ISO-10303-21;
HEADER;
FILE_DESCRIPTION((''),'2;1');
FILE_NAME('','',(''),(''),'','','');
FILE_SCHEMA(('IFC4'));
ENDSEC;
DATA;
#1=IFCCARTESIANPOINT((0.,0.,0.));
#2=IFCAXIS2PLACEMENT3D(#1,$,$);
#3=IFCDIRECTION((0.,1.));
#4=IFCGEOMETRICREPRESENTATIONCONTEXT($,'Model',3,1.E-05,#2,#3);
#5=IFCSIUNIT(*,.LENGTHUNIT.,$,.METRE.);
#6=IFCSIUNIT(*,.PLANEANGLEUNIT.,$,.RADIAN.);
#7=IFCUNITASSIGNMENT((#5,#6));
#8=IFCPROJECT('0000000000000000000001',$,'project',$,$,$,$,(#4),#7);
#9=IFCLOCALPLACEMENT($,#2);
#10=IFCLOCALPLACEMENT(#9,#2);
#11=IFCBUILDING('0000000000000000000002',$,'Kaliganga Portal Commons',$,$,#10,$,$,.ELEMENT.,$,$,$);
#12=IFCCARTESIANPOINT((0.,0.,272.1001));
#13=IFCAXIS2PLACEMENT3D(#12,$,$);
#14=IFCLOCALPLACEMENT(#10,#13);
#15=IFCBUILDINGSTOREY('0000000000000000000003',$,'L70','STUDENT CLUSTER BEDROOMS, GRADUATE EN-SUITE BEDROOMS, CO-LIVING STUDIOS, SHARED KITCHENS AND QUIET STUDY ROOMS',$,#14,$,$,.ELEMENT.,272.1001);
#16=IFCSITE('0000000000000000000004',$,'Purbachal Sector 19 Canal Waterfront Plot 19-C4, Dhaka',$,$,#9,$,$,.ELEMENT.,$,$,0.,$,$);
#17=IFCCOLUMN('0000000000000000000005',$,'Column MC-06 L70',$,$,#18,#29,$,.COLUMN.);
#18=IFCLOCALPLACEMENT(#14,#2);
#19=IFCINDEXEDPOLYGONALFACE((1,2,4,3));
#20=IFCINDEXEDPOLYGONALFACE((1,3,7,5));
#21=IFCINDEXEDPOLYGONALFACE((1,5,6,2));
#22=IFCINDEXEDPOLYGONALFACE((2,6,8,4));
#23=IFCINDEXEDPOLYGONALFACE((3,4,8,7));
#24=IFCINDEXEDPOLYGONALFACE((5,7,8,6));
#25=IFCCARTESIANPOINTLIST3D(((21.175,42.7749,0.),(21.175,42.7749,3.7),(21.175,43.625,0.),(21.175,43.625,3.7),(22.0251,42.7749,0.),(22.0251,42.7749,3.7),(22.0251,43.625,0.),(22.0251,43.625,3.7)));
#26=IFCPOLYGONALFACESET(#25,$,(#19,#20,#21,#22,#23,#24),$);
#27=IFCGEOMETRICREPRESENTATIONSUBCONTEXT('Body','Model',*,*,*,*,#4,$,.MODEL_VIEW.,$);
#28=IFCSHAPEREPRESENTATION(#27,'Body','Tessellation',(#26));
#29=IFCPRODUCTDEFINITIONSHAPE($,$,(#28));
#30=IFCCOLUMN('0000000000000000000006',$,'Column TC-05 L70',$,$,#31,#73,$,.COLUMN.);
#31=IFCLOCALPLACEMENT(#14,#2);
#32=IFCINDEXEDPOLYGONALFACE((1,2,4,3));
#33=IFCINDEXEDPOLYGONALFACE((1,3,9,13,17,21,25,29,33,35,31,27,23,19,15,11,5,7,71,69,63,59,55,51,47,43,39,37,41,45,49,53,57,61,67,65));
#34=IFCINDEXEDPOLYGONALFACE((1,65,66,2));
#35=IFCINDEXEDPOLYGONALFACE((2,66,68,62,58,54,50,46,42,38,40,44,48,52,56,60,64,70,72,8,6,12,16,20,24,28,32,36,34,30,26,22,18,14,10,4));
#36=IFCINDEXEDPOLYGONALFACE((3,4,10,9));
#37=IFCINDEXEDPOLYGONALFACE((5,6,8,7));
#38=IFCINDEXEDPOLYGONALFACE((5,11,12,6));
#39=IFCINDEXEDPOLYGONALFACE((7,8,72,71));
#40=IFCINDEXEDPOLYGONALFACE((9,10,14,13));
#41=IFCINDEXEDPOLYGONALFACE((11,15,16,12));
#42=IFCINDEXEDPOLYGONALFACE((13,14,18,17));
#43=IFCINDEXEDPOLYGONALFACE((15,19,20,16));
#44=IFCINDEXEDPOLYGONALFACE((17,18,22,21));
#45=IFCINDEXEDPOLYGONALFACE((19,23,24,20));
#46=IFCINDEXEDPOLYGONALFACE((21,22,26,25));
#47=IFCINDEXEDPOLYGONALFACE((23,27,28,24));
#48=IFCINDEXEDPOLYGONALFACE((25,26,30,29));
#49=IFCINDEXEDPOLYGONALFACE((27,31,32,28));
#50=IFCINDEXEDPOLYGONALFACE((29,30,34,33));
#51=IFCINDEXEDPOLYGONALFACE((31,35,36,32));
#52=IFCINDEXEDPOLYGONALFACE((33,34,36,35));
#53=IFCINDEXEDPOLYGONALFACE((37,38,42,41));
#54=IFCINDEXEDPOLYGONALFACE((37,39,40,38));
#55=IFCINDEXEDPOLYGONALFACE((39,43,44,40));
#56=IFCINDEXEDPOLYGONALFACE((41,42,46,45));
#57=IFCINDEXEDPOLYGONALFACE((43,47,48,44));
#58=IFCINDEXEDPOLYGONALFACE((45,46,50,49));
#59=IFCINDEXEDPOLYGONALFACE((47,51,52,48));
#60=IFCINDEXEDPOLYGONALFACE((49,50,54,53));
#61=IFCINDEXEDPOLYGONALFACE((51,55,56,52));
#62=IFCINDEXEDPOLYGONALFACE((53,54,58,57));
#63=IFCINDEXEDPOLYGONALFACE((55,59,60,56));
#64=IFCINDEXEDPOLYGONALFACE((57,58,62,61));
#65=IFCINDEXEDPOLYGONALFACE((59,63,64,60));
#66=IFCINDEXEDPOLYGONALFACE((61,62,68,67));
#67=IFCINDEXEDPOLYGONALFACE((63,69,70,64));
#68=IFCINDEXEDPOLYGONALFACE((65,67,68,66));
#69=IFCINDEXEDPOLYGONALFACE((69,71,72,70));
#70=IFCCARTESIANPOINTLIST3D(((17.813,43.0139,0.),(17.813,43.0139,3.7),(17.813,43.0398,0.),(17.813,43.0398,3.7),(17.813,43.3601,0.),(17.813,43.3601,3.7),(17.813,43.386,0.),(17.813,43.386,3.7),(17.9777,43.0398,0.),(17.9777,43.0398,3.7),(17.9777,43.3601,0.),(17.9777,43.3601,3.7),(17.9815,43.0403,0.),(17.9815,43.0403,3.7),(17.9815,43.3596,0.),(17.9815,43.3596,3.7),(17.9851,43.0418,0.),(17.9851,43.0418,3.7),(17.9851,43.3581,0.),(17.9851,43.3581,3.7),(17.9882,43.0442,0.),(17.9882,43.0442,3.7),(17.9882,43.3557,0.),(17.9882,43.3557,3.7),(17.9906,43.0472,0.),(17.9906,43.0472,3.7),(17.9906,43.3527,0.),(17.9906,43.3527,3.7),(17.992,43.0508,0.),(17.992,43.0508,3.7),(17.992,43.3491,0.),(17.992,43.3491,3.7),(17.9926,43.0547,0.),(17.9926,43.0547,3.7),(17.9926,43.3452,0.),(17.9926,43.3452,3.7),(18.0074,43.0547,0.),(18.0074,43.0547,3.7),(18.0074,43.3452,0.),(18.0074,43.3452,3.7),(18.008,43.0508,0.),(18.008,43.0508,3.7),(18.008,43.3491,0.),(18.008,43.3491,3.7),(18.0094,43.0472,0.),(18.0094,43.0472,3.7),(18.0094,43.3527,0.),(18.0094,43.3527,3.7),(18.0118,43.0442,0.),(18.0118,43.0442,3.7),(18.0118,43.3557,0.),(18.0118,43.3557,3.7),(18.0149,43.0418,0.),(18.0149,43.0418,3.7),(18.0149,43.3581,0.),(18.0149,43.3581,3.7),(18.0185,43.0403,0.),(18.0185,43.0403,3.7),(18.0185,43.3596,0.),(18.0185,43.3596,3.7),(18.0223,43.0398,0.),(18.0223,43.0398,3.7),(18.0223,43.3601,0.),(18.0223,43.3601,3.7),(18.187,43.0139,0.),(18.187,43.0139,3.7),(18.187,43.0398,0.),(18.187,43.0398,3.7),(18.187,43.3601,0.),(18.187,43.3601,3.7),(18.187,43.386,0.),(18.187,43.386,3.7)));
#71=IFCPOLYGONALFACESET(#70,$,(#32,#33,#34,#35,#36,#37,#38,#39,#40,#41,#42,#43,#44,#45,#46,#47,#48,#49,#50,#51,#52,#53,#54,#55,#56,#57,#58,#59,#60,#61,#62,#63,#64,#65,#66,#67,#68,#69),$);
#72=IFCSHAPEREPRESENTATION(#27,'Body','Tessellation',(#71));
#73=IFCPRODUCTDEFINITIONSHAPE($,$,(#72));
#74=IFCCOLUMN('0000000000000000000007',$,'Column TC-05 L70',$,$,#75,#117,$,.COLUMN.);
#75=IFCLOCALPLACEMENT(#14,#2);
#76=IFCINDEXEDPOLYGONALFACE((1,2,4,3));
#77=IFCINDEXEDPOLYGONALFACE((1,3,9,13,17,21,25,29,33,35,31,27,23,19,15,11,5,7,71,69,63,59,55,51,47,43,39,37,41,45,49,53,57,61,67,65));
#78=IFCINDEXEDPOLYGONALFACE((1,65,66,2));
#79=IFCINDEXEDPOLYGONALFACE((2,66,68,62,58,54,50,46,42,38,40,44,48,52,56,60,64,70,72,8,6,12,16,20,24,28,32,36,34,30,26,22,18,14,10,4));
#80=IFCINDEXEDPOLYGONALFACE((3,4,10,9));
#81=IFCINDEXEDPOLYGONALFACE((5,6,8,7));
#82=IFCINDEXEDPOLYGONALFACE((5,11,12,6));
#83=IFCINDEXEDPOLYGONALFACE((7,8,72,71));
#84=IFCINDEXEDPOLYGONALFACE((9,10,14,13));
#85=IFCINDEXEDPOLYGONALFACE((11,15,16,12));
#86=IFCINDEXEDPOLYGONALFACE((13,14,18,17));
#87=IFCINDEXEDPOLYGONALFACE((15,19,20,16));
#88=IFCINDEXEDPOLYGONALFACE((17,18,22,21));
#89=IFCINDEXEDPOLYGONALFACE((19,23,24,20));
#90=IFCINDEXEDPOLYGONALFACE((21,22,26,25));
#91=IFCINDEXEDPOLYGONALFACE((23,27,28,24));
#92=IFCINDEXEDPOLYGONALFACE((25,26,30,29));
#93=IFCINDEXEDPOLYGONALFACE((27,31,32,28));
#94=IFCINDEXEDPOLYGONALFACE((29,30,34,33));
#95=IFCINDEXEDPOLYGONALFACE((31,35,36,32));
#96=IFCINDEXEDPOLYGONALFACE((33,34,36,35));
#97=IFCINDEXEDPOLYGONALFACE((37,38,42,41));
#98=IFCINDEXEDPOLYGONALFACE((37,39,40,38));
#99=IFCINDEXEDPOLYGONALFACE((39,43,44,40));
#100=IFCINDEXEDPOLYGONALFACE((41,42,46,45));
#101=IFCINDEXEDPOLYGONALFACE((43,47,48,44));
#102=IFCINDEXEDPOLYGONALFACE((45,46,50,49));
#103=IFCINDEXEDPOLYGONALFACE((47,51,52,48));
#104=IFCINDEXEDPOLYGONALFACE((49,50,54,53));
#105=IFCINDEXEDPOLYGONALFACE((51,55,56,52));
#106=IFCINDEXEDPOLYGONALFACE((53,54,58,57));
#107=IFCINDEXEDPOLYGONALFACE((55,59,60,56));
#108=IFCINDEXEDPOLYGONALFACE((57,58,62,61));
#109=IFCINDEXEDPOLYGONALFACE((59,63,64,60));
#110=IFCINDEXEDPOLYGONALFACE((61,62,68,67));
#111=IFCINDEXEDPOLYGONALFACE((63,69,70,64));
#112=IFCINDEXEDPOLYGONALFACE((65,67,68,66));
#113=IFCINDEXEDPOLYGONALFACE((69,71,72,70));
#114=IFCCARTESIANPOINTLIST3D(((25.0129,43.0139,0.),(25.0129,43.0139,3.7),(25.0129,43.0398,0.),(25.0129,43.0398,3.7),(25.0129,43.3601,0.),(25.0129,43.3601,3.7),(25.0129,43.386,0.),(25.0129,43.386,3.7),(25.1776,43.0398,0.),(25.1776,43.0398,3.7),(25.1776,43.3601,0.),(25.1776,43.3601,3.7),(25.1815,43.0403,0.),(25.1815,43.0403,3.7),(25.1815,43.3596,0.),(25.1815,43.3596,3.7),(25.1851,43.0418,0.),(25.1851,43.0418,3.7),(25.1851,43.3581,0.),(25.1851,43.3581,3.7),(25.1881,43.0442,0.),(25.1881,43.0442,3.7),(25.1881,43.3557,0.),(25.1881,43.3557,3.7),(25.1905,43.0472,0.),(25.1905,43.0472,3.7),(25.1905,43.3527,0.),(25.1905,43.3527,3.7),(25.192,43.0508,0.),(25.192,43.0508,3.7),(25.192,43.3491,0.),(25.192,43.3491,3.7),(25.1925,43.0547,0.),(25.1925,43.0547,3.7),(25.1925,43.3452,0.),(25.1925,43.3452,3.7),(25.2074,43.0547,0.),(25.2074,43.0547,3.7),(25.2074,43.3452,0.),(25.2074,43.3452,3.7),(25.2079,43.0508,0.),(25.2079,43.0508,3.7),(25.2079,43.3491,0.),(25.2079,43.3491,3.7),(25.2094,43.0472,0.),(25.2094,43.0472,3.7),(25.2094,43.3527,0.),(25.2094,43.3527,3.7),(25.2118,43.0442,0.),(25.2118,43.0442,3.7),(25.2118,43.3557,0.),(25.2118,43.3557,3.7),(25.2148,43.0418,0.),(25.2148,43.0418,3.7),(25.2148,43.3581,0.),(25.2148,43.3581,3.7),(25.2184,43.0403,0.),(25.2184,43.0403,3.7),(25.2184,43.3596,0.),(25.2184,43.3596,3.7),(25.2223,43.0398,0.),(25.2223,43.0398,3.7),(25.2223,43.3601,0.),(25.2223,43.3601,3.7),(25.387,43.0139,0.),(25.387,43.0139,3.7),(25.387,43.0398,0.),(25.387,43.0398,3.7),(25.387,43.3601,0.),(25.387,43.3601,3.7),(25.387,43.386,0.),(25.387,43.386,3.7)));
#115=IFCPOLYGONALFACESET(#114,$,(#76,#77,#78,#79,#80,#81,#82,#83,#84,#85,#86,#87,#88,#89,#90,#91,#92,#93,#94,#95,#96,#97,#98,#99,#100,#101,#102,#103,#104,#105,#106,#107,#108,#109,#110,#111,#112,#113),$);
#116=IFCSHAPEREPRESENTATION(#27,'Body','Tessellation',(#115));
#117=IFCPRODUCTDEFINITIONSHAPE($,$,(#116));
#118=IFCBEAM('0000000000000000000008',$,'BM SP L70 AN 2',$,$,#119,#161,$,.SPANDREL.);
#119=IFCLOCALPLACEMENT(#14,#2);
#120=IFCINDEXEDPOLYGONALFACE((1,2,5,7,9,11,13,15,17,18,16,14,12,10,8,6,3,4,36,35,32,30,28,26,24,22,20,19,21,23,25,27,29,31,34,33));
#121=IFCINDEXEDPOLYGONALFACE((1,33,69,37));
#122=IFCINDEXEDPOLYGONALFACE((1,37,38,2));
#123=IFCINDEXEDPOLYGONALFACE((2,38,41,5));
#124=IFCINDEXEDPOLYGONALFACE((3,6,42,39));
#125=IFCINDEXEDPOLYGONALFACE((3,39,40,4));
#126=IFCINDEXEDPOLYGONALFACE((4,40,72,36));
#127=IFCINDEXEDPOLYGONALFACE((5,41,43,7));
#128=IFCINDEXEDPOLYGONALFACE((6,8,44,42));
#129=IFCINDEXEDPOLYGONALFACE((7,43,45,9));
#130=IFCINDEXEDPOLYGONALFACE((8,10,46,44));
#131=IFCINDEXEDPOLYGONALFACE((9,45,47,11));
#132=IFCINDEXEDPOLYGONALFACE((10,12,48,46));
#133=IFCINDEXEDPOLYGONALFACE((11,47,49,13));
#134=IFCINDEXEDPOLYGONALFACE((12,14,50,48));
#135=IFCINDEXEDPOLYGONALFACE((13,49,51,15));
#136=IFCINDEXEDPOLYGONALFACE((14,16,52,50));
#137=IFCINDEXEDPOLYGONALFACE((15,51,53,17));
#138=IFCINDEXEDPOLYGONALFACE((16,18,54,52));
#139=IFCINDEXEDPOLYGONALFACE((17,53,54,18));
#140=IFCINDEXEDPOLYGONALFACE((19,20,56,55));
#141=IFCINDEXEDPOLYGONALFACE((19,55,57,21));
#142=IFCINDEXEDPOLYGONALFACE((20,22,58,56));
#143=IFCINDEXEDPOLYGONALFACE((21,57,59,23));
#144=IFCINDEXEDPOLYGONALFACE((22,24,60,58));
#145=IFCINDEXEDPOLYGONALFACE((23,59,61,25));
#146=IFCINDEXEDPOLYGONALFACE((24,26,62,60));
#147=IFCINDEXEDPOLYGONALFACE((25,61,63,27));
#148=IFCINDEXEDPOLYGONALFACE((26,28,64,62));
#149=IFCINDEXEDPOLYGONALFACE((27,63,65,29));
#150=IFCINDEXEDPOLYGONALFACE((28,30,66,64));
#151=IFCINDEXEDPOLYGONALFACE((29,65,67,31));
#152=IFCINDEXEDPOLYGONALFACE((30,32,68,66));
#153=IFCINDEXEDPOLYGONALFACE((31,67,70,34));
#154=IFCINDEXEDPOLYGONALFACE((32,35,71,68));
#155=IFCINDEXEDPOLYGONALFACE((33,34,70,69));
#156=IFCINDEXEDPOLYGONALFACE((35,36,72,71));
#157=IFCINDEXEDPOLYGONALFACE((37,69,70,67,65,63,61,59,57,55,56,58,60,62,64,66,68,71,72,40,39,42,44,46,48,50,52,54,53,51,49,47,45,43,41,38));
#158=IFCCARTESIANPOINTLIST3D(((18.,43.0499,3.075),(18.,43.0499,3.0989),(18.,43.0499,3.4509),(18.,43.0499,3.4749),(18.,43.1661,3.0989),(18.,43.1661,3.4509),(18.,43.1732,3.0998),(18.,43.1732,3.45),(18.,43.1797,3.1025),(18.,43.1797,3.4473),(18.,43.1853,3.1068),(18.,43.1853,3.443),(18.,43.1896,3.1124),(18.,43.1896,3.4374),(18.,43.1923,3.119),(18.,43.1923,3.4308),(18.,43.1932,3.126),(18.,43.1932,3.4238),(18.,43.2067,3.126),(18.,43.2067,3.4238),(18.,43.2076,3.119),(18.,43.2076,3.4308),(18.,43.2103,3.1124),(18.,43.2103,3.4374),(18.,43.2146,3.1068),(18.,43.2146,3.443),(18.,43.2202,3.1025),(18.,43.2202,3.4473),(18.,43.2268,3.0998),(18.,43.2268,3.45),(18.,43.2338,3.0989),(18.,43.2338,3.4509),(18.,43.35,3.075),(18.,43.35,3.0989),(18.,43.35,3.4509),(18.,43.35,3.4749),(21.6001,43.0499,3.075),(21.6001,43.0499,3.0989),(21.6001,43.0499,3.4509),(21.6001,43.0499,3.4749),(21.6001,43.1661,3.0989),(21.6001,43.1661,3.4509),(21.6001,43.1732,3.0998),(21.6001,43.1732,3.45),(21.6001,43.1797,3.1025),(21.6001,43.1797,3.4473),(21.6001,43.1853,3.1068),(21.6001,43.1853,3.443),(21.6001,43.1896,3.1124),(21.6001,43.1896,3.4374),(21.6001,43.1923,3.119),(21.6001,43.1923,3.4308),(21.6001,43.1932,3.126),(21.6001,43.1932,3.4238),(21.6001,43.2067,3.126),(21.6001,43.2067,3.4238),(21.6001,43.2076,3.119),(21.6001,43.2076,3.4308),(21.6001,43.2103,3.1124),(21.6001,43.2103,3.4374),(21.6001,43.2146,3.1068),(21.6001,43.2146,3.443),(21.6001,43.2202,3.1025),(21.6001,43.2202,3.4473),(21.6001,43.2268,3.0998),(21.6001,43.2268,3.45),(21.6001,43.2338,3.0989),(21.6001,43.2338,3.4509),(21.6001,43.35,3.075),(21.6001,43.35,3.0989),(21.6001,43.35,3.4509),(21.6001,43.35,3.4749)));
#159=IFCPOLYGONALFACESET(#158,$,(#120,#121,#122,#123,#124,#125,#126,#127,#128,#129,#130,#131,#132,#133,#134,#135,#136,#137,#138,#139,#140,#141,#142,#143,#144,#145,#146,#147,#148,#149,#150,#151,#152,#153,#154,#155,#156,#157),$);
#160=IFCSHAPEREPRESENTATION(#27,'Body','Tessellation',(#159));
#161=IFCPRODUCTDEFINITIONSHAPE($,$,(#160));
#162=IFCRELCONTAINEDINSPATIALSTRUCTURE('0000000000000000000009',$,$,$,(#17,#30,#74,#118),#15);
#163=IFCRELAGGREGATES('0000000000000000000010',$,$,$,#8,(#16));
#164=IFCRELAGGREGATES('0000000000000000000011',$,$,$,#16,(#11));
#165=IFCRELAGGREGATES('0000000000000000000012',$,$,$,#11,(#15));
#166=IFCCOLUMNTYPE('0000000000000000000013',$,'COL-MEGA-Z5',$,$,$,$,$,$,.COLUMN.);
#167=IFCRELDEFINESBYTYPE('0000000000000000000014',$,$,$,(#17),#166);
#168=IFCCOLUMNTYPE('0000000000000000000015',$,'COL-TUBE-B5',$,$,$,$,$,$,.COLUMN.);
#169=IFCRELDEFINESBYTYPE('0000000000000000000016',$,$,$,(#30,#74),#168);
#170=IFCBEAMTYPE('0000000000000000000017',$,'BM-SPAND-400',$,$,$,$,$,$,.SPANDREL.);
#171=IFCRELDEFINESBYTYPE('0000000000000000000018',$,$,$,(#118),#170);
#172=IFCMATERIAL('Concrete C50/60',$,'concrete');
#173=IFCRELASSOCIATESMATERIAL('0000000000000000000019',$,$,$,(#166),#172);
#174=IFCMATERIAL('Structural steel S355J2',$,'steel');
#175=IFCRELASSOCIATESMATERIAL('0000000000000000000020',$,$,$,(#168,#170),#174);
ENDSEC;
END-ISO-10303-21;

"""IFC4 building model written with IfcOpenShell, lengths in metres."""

from ifc_helpers import new_model, si_unit, direction, frame, origin, origin_2d, place, context, subcontext, project, spatial, rectangle, i_section, extrude, source, transform, mapped, material, material_profile, profile_set, type_object, element, save


model = new_model("IFC4")

# Units and contexts
model_context = context("Model", 3, precision=1e-05, world=origin(), true_north=direction((0.0, 1.0)))
body_context = subcontext(model_context, "Body", "Model", "MODEL_VIEW")
ifc_project = project(units=[si_unit("LENGTHUNIT", "METRE"), si_unit("PLANEANGLEUNIT", "RADIAN")], contexts=[model_context])

# Site, building, storey
site_placement = place(None, origin())
site = spatial("IfcSite", under=ifc_project, at=site_placement, Name="Purbachal Sector 19 Canal Waterfront Plot 19-C4, Dhaka", CompositionType="ELEMENT", RefElevation=0.0)
building_placement = place(site_placement, origin())
building = spatial("IfcBuilding", under=site, at=building_placement, Name="Kaliganga Portal Commons", CompositionType="ELEMENT")
storey_placement = place(building_placement, frame((0.0, 0.0, 272.1001)))
storey = spatial("IfcBuildingStorey", under=building, at=storey_placement, Name="L70", Description="STUDENT CLUSTER BEDROOMS, GRADUATE EN-SUITE BEDROOMS, CO-LIVING STUDIOS, SHARED KITCHENS AND QUIET STUDY ROOMS", CompositionType="ELEMENT", Elevation=272.1001)

# Columns
ifc_material_1 = material(Name="Concrete C50/60", Category="concrete")
ifc_material_profile_1 = material_profile(ifc_material_1, rectangle(XDim=0.8501, YDim=0.8501, at=origin_2d()), Name="RC 850x850")
ifc_profile_set_1 = profile_set([ifc_material_profile_1], Name="Concrete C50/60")
column_type_1 = type_object("IfcColumnType", Name="COL-MEGA-Z5", PredefinedType="COLUMN", material=ifc_profile_set_1)
shared_shape_1 = source(origin(), body_context, "Body", "SweptSolid", [
    extrude(rectangle(XDim=0.8501, YDim=0.8501, at=origin_2d()), origin(), (0.0, 0.0, 1.0), 3.7),
])
column_placement = place(storey_placement, frame((21.6001, 43.2, 0.0), z_axis=(0.0, 0.0, 1.0), x_axis=(1.0, 0.0, 0.0)))
element("IfcColumn", 1, at=column_placement, inside=storey, type_object=column_type_1, Name="Column MC-06 L70", PredefinedType="COLUMN", context=body_context, shape_type="MappedRepresentation", body=[
    mapped(shared_shape_1, transform((0.0, 0.0, 0.0), x_axis=(1.0, 0.0, 0.0), y_axis=(0.0, 1.0, 0.0), z_axis=(0.0, 0.0, 1.0), scale=1.0)),
])
ifc_material_2 = material(Name="Structural steel S355J2", Category="steel")
ifc_material_profile_2 = material_profile(ifc_material_2, i_section(OverallWidth=0.374, OverallDepth=0.3721, WebThickness=0.0149, FlangeThickness=0.0259, FilletRadius=0.0149, at=origin_2d()), Name="HD 360x196")
ifc_profile_set_2 = profile_set([ifc_material_profile_2], Name="Structural steel S355J2 wide-flange")
column_type_2 = type_object("IfcColumnType", Name="COL-TUBE-B5", PredefinedType="COLUMN", material=ifc_profile_set_2)
shared_shape_2 = source(origin(), body_context, "Body", "SweptSolid", [
    extrude(i_section(OverallWidth=0.374, OverallDepth=0.3721, WebThickness=0.0149, FlangeThickness=0.0259, FilletRadius=0.0149, at=origin_2d()), origin(), (0.0, 0.0, 1.0), 3.7),
])
for number, where, z_axis, x_axis, name in (
    (2, (18.0, 43.2, 0.0), (0.0, 0.0, 1.0), (1.0, 0.0, 0.0), "Column TC-05 L70"),
    (3, (25.2, 43.2, 0.0), (0.0, 0.0, 1.0), (1.0, 0.0, 0.0), "Column TC-05 L70"),
):
    element("IfcColumn", number, at=place(storey_placement, frame(where, z_axis=z_axis, x_axis=x_axis)), inside=storey, type_object=column_type_2, Name=name, PredefinedType="COLUMN", context=body_context, shape_type="MappedRepresentation", body=[
        mapped(shared_shape_2, transform((0.0, 0.0, 0.0), x_axis=(1.0, 0.0, 0.0), y_axis=(0.0, 1.0, 0.0), z_axis=(0.0, 0.0, 1.0), scale=1.0)),
    ])

# Beam
ifc_material_profile_3 = material_profile(ifc_material_2, i_section(OverallWidth=0.3, OverallDepth=0.3999, WebThickness=0.0134, FlangeThickness=0.0239, FilletRadius=0.0271, at=origin_2d()), Name="HE 400 B")
ifc_profile_set_3 = profile_set([ifc_material_profile_3], Name="Structural steel S355J2 wide-flange")
beam_type_1 = type_object("IfcBeamType", Name="BM-SPAND-400", PredefinedType="SPANDREL", material=ifc_profile_set_3)
shared_shape_3 = source(origin(), body_context, "Body", "SweptSolid", [
    extrude(i_section(OverallWidth=0.3, OverallDepth=0.3999, WebThickness=0.0134, FlangeThickness=0.0239, FilletRadius=0.0271, at=origin_2d()), origin(), (0.0, 0.0, 1.0), 3.6001),
])
for number, where, z_axis, x_axis, name in (
    (4, (18.0, 43.2, 3.2749), (1.0, 0.0, 0.0), (0.0, 1.0, 0.0), "BM SP L70 AN 2"),
):
    element("IfcBeam", number, at=place(storey_placement, frame(where, z_axis=z_axis, x_axis=x_axis)), inside=storey, type_object=beam_type_1, Name=name, PredefinedType="SPANDREL", context=body_context, shape_type="MappedRepresentation", body=[
        mapped(shared_shape_3, transform((0.0, 0.0, 0.0), x_axis=(1.0, 0.0, 0.0), y_axis=(0.0, 1.0, 0.0), z_axis=(0.0, 0.0, 1.0), scale=1.0)),
    ])

save(model, "model.ifc")
